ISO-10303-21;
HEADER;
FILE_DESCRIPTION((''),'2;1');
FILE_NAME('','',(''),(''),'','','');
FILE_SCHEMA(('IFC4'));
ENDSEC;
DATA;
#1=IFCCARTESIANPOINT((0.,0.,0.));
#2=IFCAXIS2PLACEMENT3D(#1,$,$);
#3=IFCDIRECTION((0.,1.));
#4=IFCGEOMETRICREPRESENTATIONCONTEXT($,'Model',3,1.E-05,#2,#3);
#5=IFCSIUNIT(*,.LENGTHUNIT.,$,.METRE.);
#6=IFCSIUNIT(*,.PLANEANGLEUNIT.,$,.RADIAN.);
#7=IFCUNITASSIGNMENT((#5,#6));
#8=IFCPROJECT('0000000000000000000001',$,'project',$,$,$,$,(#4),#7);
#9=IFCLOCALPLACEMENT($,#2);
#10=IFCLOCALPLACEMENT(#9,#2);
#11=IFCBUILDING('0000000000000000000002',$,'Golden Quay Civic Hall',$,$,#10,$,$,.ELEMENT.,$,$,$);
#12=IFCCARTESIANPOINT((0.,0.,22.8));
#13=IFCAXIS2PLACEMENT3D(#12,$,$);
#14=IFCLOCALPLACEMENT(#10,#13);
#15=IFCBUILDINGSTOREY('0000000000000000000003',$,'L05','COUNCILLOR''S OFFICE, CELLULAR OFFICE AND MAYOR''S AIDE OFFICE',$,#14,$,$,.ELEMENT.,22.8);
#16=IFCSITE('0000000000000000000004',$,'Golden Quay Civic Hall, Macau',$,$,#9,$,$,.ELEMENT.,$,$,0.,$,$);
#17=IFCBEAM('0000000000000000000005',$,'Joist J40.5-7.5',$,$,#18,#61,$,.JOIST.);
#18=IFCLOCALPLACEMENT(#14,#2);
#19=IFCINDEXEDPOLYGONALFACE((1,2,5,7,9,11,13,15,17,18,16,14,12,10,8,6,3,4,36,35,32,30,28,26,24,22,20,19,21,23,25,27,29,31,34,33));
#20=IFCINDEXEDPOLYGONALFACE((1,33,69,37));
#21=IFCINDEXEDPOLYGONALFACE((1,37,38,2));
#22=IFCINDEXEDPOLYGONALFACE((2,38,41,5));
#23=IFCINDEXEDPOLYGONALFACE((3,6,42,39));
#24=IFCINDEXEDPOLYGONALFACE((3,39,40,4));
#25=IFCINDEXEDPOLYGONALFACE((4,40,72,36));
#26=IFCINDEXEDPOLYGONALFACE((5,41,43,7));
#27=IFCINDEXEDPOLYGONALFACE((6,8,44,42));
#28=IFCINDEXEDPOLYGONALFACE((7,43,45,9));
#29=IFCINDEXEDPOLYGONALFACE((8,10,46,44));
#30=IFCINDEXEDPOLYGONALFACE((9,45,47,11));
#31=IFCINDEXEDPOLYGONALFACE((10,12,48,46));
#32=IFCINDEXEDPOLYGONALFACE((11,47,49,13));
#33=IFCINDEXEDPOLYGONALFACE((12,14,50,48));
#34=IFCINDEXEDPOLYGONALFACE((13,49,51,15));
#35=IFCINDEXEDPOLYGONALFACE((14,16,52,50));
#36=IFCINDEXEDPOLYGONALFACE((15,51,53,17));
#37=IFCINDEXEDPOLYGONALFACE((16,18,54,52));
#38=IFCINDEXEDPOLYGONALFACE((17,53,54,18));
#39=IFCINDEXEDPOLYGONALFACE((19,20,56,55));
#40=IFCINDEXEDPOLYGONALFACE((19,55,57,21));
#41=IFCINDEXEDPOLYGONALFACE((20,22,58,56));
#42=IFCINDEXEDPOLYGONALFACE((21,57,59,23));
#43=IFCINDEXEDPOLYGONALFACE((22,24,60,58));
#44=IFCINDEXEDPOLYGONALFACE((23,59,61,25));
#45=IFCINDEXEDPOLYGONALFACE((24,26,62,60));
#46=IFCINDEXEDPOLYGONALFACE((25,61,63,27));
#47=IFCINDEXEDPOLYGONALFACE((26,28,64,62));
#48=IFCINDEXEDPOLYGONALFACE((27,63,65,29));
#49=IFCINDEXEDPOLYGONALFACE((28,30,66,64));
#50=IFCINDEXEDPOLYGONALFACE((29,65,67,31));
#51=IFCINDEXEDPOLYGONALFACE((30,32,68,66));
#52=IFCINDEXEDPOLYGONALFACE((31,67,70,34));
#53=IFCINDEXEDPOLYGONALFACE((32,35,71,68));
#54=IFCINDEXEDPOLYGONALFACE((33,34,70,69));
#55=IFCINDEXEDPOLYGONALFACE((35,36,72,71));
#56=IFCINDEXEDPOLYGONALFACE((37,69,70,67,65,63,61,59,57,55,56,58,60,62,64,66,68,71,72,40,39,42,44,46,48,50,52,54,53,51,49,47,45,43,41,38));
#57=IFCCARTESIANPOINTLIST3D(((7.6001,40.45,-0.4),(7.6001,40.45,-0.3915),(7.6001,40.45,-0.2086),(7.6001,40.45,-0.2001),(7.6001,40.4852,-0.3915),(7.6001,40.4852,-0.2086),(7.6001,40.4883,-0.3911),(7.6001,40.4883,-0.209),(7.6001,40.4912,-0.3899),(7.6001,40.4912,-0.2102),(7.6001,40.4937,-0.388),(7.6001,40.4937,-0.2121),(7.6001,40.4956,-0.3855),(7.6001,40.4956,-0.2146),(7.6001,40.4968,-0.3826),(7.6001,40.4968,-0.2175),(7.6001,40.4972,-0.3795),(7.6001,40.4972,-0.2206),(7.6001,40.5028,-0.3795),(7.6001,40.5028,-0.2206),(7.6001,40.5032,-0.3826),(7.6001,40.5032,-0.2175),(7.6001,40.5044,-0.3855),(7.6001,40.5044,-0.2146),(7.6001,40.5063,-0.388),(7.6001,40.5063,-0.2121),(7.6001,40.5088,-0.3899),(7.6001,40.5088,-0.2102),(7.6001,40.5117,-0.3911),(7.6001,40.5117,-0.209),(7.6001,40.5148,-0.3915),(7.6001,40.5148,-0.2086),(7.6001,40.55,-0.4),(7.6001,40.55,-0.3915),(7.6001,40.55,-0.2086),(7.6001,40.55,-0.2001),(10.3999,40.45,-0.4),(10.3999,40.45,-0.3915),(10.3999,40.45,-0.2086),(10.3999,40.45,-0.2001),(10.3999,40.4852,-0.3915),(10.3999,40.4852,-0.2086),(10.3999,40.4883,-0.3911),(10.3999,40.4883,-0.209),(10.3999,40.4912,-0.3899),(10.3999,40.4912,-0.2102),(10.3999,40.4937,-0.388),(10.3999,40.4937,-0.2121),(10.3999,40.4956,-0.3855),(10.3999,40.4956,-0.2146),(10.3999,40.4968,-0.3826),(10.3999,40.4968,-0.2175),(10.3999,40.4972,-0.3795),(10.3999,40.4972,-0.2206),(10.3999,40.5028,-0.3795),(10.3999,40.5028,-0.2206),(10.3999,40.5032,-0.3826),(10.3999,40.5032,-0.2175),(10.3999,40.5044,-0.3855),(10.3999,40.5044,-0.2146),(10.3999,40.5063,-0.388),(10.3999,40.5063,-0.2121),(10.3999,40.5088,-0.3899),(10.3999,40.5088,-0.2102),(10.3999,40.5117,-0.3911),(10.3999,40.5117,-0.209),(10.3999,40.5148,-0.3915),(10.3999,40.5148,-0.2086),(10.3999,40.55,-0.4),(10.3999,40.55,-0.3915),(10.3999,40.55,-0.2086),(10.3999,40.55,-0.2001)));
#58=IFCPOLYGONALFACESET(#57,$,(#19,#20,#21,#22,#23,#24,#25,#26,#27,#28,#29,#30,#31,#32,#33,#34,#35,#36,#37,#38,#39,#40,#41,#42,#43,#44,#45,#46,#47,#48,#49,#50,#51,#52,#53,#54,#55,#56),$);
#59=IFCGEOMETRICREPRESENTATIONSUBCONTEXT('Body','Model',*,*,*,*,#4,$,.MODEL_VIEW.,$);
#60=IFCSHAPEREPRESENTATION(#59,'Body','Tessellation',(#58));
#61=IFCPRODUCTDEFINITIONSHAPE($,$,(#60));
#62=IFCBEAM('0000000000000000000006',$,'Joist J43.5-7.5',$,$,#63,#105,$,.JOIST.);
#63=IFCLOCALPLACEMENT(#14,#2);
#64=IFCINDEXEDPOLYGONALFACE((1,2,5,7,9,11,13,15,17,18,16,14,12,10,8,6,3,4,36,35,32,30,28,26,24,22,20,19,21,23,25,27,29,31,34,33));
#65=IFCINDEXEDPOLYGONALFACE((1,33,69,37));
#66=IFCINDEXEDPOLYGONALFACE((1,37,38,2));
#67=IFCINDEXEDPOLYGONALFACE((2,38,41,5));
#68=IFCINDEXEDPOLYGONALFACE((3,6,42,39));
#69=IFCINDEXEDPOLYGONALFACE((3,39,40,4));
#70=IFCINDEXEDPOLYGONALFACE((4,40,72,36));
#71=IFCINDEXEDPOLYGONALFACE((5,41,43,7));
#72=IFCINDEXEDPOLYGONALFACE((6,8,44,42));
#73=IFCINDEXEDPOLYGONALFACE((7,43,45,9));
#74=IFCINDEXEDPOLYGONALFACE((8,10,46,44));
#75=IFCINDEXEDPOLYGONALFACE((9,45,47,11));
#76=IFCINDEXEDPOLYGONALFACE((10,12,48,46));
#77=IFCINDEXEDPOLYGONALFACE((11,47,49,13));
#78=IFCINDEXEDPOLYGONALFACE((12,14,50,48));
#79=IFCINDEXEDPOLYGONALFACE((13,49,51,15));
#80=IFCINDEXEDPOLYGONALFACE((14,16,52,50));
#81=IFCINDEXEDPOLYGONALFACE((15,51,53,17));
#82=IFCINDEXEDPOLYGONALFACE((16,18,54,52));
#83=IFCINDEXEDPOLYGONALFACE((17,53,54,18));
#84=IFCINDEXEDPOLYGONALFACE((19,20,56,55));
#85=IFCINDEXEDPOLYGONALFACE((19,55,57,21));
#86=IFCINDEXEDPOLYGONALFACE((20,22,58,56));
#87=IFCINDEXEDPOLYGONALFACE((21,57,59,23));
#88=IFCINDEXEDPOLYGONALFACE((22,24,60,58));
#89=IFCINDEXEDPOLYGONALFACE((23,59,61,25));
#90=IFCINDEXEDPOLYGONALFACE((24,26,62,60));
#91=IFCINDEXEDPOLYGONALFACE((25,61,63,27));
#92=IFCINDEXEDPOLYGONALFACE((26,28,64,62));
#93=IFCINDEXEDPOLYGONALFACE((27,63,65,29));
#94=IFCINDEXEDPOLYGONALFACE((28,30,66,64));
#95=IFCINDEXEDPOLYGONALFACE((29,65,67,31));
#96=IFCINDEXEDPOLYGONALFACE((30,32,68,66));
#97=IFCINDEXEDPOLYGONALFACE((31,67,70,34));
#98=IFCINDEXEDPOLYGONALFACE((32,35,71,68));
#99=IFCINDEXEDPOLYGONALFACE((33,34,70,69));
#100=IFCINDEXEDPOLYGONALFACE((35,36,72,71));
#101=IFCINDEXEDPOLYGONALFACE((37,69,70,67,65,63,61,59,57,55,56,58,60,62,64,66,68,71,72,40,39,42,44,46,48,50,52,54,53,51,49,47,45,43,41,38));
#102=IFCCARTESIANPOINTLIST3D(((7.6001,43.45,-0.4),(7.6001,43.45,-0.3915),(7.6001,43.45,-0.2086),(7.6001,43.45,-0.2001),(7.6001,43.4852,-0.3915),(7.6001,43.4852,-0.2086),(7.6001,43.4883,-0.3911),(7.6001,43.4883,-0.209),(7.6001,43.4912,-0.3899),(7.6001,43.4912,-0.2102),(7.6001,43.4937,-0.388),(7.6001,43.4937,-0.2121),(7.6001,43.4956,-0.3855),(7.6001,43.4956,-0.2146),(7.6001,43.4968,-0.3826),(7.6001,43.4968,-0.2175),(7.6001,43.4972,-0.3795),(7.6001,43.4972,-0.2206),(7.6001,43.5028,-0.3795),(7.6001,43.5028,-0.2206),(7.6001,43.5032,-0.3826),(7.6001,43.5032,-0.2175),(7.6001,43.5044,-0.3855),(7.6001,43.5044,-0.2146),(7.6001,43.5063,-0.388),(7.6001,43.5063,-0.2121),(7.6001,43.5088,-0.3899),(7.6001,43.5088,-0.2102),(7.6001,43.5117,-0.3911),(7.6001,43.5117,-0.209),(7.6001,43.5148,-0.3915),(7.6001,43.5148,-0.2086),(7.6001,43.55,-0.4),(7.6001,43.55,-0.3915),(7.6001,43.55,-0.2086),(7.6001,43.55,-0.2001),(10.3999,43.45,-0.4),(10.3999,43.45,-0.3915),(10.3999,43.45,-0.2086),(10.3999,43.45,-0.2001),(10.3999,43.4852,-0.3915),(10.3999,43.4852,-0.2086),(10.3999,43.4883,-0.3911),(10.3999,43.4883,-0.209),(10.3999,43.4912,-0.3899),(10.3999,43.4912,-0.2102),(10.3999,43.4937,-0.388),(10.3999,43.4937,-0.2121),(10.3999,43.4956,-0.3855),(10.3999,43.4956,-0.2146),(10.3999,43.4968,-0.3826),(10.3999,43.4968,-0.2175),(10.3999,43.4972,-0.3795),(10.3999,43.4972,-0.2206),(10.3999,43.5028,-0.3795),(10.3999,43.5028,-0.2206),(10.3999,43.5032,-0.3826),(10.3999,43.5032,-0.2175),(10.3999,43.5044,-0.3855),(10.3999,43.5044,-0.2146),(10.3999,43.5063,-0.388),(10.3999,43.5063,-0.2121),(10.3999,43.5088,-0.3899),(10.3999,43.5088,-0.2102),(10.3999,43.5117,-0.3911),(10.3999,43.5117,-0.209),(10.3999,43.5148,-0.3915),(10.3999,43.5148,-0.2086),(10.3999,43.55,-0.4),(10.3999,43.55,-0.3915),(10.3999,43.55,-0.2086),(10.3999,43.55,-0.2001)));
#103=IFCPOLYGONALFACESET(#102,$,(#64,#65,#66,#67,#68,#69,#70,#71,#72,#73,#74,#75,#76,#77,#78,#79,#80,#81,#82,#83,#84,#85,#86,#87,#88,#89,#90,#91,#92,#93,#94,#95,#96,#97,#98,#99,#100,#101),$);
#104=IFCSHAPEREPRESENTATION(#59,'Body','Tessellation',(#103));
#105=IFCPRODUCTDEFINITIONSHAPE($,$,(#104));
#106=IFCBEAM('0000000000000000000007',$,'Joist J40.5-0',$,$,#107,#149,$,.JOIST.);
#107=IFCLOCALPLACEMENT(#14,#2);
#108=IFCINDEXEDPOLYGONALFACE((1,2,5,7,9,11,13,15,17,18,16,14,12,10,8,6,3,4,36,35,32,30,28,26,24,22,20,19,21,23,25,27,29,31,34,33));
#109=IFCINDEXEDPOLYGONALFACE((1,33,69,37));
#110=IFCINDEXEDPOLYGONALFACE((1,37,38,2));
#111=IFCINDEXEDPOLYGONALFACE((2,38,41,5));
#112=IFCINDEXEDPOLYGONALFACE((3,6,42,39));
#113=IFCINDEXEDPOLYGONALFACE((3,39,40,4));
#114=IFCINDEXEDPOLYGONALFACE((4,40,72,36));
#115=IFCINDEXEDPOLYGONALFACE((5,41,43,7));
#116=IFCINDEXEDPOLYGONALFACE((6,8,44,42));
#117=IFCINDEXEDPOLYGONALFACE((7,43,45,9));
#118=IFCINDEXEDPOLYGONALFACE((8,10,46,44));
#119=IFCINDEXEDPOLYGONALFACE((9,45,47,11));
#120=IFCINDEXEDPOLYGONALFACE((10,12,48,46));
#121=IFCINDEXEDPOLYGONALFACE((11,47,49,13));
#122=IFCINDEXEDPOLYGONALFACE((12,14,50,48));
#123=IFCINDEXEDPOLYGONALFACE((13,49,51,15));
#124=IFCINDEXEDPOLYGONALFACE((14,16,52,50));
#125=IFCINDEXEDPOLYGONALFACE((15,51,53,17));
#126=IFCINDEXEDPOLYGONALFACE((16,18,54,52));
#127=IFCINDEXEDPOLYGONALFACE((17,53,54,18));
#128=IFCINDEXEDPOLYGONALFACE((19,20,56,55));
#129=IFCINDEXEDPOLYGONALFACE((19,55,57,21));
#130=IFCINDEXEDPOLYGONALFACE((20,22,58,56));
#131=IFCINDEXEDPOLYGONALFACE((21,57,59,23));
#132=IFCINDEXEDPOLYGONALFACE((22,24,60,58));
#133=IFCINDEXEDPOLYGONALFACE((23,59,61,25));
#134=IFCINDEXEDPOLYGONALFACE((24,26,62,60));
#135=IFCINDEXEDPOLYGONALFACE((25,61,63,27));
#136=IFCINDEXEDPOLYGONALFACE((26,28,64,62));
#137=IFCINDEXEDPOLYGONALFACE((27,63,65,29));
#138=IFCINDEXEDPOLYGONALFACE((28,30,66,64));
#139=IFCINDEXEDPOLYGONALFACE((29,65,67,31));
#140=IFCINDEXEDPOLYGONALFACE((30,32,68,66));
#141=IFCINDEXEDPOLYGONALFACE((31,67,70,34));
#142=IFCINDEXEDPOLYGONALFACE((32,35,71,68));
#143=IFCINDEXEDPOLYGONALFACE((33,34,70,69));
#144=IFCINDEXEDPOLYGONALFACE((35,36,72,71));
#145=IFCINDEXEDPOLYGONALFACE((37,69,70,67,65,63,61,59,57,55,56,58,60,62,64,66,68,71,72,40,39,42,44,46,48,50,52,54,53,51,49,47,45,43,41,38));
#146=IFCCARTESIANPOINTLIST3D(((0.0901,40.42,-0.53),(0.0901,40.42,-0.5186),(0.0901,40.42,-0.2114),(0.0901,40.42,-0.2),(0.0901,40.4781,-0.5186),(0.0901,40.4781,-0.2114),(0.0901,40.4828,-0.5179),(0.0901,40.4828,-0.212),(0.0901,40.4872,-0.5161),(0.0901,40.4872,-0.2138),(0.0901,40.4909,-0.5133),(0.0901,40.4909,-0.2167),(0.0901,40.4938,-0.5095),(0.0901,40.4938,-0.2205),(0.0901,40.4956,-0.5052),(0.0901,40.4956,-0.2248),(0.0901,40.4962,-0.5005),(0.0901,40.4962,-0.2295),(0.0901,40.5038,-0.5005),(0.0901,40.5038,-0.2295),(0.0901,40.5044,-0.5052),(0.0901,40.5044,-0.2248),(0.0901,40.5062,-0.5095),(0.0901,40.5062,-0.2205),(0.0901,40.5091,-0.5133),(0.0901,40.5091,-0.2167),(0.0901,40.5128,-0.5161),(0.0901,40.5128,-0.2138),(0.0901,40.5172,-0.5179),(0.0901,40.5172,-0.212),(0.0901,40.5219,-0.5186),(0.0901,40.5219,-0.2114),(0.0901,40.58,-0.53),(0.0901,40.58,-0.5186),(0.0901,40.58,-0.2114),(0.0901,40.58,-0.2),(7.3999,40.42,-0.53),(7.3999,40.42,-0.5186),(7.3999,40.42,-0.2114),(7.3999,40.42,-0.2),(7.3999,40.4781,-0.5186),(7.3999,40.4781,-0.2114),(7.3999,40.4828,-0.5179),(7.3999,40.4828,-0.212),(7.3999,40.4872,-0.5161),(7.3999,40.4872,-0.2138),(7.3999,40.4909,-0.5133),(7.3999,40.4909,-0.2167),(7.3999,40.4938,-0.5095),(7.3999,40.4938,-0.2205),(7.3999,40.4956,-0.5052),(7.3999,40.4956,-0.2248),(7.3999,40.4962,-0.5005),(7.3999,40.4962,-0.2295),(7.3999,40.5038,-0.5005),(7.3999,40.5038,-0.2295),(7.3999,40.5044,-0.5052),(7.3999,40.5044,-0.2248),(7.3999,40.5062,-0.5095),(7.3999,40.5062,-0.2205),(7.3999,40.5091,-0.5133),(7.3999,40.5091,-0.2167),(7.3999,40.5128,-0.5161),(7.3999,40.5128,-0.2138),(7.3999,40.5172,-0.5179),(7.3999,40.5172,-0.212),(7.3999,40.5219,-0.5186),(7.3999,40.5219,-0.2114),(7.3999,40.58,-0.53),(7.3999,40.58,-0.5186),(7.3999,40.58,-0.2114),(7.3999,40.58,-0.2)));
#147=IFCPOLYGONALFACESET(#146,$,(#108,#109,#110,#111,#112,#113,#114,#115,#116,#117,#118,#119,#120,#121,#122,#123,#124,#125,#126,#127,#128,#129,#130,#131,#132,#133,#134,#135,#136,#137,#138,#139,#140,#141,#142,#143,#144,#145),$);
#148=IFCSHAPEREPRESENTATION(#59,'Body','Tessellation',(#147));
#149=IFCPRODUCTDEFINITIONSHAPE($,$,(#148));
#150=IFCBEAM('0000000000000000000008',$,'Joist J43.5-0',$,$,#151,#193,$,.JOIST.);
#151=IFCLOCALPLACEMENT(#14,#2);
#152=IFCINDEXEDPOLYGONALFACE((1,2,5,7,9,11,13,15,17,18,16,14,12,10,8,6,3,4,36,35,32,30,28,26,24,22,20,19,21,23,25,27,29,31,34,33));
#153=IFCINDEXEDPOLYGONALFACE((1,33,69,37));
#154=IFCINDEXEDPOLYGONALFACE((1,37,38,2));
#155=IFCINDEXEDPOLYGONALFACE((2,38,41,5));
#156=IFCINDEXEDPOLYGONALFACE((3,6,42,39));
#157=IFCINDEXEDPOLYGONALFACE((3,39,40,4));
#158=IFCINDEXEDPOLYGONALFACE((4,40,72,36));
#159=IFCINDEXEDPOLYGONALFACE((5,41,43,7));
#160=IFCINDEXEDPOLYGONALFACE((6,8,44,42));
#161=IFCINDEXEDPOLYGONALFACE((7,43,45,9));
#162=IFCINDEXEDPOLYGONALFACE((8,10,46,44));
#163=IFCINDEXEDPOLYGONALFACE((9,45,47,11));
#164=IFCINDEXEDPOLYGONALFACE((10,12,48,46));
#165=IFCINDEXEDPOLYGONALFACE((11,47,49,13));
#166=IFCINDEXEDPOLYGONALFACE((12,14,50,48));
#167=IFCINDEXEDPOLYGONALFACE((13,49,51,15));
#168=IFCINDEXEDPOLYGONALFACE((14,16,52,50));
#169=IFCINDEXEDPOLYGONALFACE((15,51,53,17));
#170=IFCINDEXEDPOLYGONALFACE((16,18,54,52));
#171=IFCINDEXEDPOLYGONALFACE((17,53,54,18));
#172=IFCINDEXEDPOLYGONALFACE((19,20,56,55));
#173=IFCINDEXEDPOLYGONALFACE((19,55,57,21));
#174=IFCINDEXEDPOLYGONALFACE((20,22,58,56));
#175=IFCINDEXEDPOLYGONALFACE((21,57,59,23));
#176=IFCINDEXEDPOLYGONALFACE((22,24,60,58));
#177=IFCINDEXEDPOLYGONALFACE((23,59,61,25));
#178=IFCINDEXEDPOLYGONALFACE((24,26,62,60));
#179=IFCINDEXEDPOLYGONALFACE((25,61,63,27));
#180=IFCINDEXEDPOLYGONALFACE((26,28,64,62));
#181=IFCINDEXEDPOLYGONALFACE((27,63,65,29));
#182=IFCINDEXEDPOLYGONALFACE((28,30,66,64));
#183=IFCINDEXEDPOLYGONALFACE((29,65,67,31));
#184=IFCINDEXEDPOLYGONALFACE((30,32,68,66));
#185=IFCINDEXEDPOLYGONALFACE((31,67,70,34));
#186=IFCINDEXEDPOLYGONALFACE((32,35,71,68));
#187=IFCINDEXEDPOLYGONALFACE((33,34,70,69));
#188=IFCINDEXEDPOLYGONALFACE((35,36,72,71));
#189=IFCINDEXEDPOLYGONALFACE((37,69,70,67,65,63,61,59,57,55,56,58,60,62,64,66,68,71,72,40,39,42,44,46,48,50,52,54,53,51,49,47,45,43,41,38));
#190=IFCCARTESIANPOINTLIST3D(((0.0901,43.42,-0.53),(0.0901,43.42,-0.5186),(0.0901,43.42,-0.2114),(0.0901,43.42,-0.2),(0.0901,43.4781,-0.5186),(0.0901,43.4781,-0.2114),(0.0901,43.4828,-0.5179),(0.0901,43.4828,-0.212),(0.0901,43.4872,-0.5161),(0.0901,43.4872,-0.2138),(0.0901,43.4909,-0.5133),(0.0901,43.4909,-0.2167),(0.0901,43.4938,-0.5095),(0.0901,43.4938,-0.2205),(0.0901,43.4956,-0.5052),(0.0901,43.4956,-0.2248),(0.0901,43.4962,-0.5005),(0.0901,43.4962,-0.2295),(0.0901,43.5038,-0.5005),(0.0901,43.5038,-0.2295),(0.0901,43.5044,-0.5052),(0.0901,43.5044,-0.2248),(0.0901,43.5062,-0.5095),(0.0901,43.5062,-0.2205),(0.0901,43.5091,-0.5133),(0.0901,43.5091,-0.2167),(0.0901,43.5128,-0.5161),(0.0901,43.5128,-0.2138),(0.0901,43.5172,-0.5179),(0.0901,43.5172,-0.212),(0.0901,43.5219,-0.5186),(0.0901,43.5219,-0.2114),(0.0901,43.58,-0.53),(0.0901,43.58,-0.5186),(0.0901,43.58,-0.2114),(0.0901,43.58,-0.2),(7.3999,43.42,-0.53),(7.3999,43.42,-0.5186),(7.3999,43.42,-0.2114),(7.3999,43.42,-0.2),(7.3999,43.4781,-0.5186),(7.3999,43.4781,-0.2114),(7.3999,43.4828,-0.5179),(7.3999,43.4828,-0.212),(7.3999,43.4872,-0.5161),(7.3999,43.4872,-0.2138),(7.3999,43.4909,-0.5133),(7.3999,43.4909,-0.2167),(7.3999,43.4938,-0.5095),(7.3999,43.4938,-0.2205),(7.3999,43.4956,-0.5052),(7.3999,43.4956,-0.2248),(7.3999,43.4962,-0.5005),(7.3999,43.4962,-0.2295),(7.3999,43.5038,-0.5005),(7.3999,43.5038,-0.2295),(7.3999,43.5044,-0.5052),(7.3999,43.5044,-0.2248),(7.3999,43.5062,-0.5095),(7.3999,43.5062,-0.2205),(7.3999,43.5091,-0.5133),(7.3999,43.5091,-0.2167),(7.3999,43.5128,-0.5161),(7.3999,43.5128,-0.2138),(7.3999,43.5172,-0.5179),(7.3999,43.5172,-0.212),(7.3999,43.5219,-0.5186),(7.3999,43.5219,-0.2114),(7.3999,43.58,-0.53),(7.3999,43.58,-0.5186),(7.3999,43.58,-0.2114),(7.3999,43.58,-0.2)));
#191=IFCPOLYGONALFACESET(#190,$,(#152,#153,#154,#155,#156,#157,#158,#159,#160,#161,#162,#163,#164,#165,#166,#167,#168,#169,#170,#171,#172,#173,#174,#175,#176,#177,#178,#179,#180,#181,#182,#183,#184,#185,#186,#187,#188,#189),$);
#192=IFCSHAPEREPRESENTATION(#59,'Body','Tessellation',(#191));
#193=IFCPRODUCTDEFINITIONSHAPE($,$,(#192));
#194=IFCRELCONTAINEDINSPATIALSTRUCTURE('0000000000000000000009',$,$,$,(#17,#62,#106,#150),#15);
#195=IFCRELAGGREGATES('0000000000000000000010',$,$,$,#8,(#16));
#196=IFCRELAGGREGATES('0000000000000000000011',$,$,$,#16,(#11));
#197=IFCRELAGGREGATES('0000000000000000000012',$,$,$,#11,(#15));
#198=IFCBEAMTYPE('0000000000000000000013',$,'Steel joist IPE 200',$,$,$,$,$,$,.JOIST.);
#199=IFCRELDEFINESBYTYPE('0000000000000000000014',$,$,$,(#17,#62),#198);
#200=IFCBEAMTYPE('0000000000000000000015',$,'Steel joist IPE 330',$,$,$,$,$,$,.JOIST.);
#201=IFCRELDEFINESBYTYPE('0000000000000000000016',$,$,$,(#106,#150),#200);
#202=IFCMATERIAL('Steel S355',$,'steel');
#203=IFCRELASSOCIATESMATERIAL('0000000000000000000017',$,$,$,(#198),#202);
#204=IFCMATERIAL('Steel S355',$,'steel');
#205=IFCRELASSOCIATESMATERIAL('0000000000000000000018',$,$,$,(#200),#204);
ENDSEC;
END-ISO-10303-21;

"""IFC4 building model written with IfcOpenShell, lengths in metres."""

from ifc_helpers import new_model, si_unit, direction, frame, origin, origin_2d, place, context, subcontext, project, spatial, i_section, extrude, material, material_profile, profile_set, type_object, element, save


model = new_model("IFC4")

# Units and contexts
model_context = context("Model", 3, precision=1e-05, world=origin(), true_north=direction((0.0, 1.0)))
body_context = subcontext(model_context, "Body", "Model", "MODEL_VIEW")
ifc_project = project(units=[si_unit("LENGTHUNIT", "METRE"), si_unit("PLANEANGLEUNIT", "RADIAN")], contexts=[model_context])

# Site, building, storey
site_placement = place(None, origin())
site = spatial("IfcSite", under=ifc_project, at=site_placement, Name="Golden Quay Civic Hall, Macau", CompositionType="ELEMENT", RefElevation=0.0)
building_placement = place(site_placement, origin())
building = spatial("IfcBuilding", under=site, at=building_placement, Name="Golden Quay Civic Hall", CompositionType="ELEMENT")
storey_placement = place(building_placement, frame((0.0, 0.0, 22.8)))
storey = spatial("IfcBuildingStorey", under=building, at=storey_placement, Name="L05", Description="COUNCILLOR'S OFFICE, CELLULAR OFFICE AND MAYOR'S AIDE OFFICE", CompositionType="ELEMENT", Elevation=22.8)

# Beams
ifc_material_1 = material(Name="Steel S355", Category="steel")
ifc_material_profile_1 = material_profile(ifc_material_1, i_section(OverallWidth=0.1001, OverallDepth=0.2, WebThickness=0.0056, FlangeThickness=0.0085, FilletRadius=0.012, at=origin_2d()), Name="IPE 200")
ifc_profile_set_1 = profile_set([ifc_material_profile_1], Name="Steel S355")
beam_type_1 = type_object("IfcBeamType", Name="Steel joist IPE 200", PredefinedType="JOIST", material=ifc_profile_set_1)
for number, where, z_axis, x_axis, name in (
    (1, (7.6001, 40.5, -0.3), (1.0, 0.0, 0.0), (0.0, 1.0, 0.0), "Joist J40.5-7.5"),
    (2, (7.6001, 43.5, -0.3), (1.0, 0.0, 0.0), (0.0, 1.0, 0.0), "Joist J43.5-7.5"),
):
    element("IfcBeam", number, at=place(storey_placement, frame(where, z_axis=z_axis, x_axis=x_axis)), inside=storey, type_object=beam_type_1, Name=name, PredefinedType="JOIST", context=body_context, shape_type="SweptSolid", body=[
        extrude(i_section(OverallWidth=0.1001, OverallDepth=0.2, WebThickness=0.0056, FlangeThickness=0.0085, FilletRadius=0.012, at=origin_2d()), origin(), (0.0, 0.0, 1.0), 2.7998),
    ])
ifc_material_2 = material(Name="Steel S355", Category="steel")
ifc_material_profile_2 = material_profile(ifc_material_2, i_section(OverallWidth=0.1599, OverallDepth=0.3301, WebThickness=0.0076, FlangeThickness=0.0115, FilletRadius=0.0181, at=origin_2d()), Name="IPE 330")
ifc_profile_set_2 = profile_set([ifc_material_profile_2], Name="Steel S355")
beam_type_2 = type_object("IfcBeamType", Name="Steel joist IPE 330", PredefinedType="JOIST", material=ifc_profile_set_2)
for number, where, z_axis, x_axis, name in (
    (3, (0.0901, 40.5, -0.365), (1.0, 0.0, 0.0), (0.0, 1.0, 0.0), "Joist J40.5-0"),
    (4, (0.0901, 43.5, -0.365), (1.0, 0.0, 0.0), (0.0, 1.0, 0.0), "Joist J43.5-0"),
):
    element("IfcBeam", number, at=place(storey_placement, frame(where, z_axis=z_axis, x_axis=x_axis)), inside=storey, type_object=beam_type_2, Name=name, PredefinedType="JOIST", context=body_context, shape_type="SweptSolid", body=[
        extrude(i_section(OverallWidth=0.1599, OverallDepth=0.3301, WebThickness=0.0076, FlangeThickness=0.0115, FilletRadius=0.0181, at=origin_2d()), origin(), (0.0, 0.0, 1.0), 7.3098),
    ])

save(model, "model.ifc")
